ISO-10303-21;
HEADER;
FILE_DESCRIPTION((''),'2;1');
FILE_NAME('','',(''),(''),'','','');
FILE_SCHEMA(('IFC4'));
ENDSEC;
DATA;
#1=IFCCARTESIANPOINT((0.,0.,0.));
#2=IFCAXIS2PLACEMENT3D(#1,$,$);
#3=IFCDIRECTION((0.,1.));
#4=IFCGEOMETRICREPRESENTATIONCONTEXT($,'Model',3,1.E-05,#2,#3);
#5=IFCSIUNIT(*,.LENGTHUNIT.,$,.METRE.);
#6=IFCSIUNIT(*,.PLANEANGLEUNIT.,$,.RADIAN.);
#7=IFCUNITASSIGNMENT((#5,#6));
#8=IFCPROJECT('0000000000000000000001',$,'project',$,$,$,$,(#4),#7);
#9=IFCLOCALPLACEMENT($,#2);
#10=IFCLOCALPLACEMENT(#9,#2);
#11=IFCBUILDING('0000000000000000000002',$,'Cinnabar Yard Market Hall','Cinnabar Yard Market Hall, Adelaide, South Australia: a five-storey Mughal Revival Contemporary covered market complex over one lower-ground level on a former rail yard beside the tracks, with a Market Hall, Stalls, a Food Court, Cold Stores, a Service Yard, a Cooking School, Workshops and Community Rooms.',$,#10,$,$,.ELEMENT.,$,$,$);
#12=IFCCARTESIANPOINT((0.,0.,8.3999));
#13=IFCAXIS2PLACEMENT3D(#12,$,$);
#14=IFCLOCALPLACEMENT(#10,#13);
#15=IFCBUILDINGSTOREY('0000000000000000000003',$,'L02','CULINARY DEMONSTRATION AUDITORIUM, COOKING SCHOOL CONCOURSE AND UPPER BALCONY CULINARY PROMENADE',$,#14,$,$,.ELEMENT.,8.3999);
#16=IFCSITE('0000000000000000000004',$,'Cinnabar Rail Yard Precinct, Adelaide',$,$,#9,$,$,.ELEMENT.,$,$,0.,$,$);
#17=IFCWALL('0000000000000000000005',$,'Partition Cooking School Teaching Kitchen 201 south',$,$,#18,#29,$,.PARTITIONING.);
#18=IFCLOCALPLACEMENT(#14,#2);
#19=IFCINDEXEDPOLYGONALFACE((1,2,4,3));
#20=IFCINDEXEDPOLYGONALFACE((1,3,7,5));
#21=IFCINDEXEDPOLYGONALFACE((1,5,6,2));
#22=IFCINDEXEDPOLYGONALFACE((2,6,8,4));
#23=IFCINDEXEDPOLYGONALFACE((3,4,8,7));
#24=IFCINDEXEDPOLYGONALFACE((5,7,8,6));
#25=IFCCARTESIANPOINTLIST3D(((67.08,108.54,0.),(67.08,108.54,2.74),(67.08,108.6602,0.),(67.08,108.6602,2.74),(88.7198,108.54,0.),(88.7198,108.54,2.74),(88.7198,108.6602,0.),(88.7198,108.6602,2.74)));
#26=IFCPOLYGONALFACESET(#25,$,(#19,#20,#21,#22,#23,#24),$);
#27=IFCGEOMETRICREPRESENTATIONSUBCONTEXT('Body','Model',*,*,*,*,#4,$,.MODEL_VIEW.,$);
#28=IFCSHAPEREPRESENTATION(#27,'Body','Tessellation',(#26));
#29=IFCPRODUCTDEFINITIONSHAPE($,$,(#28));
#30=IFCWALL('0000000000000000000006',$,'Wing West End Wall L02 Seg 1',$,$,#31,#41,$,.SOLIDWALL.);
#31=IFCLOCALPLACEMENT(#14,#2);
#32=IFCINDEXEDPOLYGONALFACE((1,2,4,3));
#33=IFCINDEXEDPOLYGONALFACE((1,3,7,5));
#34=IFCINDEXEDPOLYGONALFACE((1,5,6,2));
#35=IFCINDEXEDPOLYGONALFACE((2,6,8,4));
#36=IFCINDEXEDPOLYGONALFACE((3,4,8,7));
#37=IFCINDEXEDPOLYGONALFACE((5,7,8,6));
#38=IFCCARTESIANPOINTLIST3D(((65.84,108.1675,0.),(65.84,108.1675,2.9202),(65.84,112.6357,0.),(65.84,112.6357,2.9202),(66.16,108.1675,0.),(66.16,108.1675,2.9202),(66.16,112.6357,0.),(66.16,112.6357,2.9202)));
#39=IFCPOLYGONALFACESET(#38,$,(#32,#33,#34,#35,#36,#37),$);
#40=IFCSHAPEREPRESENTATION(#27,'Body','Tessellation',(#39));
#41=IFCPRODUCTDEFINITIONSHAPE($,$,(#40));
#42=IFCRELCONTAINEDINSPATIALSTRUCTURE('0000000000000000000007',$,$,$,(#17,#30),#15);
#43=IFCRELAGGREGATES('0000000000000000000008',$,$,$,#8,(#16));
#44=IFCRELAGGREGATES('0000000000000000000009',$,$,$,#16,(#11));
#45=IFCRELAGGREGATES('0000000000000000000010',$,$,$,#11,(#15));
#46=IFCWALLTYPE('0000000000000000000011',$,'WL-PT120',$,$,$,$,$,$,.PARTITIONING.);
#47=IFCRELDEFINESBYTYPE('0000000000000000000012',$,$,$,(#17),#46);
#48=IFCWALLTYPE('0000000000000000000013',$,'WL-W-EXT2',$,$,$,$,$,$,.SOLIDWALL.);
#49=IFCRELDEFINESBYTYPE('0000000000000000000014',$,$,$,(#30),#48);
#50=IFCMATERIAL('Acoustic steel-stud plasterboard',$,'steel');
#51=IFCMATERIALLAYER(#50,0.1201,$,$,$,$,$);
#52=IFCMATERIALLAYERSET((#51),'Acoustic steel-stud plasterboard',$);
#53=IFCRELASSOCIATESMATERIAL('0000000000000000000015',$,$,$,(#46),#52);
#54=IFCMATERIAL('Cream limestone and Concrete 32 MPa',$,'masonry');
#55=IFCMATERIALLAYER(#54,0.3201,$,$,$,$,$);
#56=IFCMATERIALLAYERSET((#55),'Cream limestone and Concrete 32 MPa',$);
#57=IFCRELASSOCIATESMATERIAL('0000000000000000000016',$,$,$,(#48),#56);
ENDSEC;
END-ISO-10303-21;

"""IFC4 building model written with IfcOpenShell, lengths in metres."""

from ifc_helpers import new_model, si_unit, direction, frame, frame_2d, origin, place, context, subcontext, project, spatial, rectangle, extrude, material, layer, layer_set, type_object, element, save


model = new_model("IFC4")

# Units and contexts
model_context = context("Model", 3, precision=1e-05, world=origin(), true_north=direction((0.0, 1.0)))
body_context = subcontext(model_context, "Body", "Model", "MODEL_VIEW")
ifc_project = project(units=[si_unit("LENGTHUNIT", "METRE"), si_unit("PLANEANGLEUNIT", "RADIAN")], contexts=[model_context])

# Site, building, storey
site_placement = place(None, origin())
site = spatial("IfcSite", under=ifc_project, at=site_placement, Name="Cinnabar Rail Yard Precinct, Adelaide", CompositionType="ELEMENT", RefElevation=0.0)
building_placement = place(site_placement, origin())
building = spatial("IfcBuilding", under=site, at=building_placement, Name="Cinnabar Yard Market Hall", Description="Cinnabar Yard Market Hall, Adelaide, South Australia: a five-storey Mughal Revival Contemporary covered market complex over one lower-ground level on a former rail yard beside the tracks, with a Market Hall, Stalls, a Food Court, Cold Stores, a Service Yard, a Cooking School, Workshops and Community Rooms.", CompositionType="ELEMENT")
storey_placement = place(building_placement, frame((0.0, 0.0, 8.3999)))
storey = spatial("IfcBuildingStorey", under=building, at=storey_placement, Name="L02", Description="CULINARY DEMONSTRATION AUDITORIUM, COOKING SCHOOL CONCOURSE AND UPPER BALCONY CULINARY PROMENADE", CompositionType="ELEMENT", Elevation=8.3999)

# Walls
ifc_material_1 = material(Name="Acoustic steel-stud plasterboard", Category="steel")
ifc_layer_1 = layer(ifc_material_1, 0.1201)
ifc_layer_set_1 = layer_set([ifc_layer_1], Name="Acoustic steel-stud plasterboard")
wall_type_1 = type_object("IfcWallType", Name="WL-PT120", PredefinedType="PARTITIONING", material=ifc_layer_set_1)
wall_1_placement = place(storey_placement, frame((67.0801, 108.6001, 0.0), z_axis=(0.0, 0.0, 1.0), x_axis=(1.0, 0.0, 0.0)))
element("IfcWall", 1, at=wall_1_placement, inside=storey, type_object=wall_type_1, Name="Partition Cooking School Teaching Kitchen 201 south", PredefinedType="PARTITIONING", context=body_context, shape_type="SweptSolid", body=[
    extrude(rectangle(XDim=21.6399, YDim=0.1201, at=frame_2d((10.8198, 0.0), x_axis=(1.0, 0.0))), origin(), (0.0, 0.0, 1.0), 2.74),
])
ifc_material_2 = material(Name="Cream limestone and Concrete 32 MPa", Category="masonry")
ifc_layer_2 = layer(ifc_material_2, 0.3201)
ifc_layer_set_2 = layer_set([ifc_layer_2], Name="Cream limestone and Concrete 32 MPa")
wall_type_2 = type_object("IfcWallType", Name="WL-W-EXT2", PredefinedType="SOLIDWALL", material=ifc_layer_set_2)
wall_2_placement = place(storey_placement, frame((66.0, 112.6357, 0.0), z_axis=(0.0, 0.0, 1.0), x_axis=(0.0, -1.0, 0.0)))
element("IfcWall", 2, at=wall_2_placement, inside=storey, type_object=wall_type_2, Name="Wing West End Wall L02 Seg 1", PredefinedType="SOLIDWALL", context=body_context, shape_type="SweptSolid", body=[
    extrude(rectangle(XDim=4.4683, YDim=0.3201, at=frame_2d((2.2341, 0.0), x_axis=(1.0, 0.0))), origin(), (0.0, 0.0, 1.0), 2.9202),
])

save(model, "model.ifc")
